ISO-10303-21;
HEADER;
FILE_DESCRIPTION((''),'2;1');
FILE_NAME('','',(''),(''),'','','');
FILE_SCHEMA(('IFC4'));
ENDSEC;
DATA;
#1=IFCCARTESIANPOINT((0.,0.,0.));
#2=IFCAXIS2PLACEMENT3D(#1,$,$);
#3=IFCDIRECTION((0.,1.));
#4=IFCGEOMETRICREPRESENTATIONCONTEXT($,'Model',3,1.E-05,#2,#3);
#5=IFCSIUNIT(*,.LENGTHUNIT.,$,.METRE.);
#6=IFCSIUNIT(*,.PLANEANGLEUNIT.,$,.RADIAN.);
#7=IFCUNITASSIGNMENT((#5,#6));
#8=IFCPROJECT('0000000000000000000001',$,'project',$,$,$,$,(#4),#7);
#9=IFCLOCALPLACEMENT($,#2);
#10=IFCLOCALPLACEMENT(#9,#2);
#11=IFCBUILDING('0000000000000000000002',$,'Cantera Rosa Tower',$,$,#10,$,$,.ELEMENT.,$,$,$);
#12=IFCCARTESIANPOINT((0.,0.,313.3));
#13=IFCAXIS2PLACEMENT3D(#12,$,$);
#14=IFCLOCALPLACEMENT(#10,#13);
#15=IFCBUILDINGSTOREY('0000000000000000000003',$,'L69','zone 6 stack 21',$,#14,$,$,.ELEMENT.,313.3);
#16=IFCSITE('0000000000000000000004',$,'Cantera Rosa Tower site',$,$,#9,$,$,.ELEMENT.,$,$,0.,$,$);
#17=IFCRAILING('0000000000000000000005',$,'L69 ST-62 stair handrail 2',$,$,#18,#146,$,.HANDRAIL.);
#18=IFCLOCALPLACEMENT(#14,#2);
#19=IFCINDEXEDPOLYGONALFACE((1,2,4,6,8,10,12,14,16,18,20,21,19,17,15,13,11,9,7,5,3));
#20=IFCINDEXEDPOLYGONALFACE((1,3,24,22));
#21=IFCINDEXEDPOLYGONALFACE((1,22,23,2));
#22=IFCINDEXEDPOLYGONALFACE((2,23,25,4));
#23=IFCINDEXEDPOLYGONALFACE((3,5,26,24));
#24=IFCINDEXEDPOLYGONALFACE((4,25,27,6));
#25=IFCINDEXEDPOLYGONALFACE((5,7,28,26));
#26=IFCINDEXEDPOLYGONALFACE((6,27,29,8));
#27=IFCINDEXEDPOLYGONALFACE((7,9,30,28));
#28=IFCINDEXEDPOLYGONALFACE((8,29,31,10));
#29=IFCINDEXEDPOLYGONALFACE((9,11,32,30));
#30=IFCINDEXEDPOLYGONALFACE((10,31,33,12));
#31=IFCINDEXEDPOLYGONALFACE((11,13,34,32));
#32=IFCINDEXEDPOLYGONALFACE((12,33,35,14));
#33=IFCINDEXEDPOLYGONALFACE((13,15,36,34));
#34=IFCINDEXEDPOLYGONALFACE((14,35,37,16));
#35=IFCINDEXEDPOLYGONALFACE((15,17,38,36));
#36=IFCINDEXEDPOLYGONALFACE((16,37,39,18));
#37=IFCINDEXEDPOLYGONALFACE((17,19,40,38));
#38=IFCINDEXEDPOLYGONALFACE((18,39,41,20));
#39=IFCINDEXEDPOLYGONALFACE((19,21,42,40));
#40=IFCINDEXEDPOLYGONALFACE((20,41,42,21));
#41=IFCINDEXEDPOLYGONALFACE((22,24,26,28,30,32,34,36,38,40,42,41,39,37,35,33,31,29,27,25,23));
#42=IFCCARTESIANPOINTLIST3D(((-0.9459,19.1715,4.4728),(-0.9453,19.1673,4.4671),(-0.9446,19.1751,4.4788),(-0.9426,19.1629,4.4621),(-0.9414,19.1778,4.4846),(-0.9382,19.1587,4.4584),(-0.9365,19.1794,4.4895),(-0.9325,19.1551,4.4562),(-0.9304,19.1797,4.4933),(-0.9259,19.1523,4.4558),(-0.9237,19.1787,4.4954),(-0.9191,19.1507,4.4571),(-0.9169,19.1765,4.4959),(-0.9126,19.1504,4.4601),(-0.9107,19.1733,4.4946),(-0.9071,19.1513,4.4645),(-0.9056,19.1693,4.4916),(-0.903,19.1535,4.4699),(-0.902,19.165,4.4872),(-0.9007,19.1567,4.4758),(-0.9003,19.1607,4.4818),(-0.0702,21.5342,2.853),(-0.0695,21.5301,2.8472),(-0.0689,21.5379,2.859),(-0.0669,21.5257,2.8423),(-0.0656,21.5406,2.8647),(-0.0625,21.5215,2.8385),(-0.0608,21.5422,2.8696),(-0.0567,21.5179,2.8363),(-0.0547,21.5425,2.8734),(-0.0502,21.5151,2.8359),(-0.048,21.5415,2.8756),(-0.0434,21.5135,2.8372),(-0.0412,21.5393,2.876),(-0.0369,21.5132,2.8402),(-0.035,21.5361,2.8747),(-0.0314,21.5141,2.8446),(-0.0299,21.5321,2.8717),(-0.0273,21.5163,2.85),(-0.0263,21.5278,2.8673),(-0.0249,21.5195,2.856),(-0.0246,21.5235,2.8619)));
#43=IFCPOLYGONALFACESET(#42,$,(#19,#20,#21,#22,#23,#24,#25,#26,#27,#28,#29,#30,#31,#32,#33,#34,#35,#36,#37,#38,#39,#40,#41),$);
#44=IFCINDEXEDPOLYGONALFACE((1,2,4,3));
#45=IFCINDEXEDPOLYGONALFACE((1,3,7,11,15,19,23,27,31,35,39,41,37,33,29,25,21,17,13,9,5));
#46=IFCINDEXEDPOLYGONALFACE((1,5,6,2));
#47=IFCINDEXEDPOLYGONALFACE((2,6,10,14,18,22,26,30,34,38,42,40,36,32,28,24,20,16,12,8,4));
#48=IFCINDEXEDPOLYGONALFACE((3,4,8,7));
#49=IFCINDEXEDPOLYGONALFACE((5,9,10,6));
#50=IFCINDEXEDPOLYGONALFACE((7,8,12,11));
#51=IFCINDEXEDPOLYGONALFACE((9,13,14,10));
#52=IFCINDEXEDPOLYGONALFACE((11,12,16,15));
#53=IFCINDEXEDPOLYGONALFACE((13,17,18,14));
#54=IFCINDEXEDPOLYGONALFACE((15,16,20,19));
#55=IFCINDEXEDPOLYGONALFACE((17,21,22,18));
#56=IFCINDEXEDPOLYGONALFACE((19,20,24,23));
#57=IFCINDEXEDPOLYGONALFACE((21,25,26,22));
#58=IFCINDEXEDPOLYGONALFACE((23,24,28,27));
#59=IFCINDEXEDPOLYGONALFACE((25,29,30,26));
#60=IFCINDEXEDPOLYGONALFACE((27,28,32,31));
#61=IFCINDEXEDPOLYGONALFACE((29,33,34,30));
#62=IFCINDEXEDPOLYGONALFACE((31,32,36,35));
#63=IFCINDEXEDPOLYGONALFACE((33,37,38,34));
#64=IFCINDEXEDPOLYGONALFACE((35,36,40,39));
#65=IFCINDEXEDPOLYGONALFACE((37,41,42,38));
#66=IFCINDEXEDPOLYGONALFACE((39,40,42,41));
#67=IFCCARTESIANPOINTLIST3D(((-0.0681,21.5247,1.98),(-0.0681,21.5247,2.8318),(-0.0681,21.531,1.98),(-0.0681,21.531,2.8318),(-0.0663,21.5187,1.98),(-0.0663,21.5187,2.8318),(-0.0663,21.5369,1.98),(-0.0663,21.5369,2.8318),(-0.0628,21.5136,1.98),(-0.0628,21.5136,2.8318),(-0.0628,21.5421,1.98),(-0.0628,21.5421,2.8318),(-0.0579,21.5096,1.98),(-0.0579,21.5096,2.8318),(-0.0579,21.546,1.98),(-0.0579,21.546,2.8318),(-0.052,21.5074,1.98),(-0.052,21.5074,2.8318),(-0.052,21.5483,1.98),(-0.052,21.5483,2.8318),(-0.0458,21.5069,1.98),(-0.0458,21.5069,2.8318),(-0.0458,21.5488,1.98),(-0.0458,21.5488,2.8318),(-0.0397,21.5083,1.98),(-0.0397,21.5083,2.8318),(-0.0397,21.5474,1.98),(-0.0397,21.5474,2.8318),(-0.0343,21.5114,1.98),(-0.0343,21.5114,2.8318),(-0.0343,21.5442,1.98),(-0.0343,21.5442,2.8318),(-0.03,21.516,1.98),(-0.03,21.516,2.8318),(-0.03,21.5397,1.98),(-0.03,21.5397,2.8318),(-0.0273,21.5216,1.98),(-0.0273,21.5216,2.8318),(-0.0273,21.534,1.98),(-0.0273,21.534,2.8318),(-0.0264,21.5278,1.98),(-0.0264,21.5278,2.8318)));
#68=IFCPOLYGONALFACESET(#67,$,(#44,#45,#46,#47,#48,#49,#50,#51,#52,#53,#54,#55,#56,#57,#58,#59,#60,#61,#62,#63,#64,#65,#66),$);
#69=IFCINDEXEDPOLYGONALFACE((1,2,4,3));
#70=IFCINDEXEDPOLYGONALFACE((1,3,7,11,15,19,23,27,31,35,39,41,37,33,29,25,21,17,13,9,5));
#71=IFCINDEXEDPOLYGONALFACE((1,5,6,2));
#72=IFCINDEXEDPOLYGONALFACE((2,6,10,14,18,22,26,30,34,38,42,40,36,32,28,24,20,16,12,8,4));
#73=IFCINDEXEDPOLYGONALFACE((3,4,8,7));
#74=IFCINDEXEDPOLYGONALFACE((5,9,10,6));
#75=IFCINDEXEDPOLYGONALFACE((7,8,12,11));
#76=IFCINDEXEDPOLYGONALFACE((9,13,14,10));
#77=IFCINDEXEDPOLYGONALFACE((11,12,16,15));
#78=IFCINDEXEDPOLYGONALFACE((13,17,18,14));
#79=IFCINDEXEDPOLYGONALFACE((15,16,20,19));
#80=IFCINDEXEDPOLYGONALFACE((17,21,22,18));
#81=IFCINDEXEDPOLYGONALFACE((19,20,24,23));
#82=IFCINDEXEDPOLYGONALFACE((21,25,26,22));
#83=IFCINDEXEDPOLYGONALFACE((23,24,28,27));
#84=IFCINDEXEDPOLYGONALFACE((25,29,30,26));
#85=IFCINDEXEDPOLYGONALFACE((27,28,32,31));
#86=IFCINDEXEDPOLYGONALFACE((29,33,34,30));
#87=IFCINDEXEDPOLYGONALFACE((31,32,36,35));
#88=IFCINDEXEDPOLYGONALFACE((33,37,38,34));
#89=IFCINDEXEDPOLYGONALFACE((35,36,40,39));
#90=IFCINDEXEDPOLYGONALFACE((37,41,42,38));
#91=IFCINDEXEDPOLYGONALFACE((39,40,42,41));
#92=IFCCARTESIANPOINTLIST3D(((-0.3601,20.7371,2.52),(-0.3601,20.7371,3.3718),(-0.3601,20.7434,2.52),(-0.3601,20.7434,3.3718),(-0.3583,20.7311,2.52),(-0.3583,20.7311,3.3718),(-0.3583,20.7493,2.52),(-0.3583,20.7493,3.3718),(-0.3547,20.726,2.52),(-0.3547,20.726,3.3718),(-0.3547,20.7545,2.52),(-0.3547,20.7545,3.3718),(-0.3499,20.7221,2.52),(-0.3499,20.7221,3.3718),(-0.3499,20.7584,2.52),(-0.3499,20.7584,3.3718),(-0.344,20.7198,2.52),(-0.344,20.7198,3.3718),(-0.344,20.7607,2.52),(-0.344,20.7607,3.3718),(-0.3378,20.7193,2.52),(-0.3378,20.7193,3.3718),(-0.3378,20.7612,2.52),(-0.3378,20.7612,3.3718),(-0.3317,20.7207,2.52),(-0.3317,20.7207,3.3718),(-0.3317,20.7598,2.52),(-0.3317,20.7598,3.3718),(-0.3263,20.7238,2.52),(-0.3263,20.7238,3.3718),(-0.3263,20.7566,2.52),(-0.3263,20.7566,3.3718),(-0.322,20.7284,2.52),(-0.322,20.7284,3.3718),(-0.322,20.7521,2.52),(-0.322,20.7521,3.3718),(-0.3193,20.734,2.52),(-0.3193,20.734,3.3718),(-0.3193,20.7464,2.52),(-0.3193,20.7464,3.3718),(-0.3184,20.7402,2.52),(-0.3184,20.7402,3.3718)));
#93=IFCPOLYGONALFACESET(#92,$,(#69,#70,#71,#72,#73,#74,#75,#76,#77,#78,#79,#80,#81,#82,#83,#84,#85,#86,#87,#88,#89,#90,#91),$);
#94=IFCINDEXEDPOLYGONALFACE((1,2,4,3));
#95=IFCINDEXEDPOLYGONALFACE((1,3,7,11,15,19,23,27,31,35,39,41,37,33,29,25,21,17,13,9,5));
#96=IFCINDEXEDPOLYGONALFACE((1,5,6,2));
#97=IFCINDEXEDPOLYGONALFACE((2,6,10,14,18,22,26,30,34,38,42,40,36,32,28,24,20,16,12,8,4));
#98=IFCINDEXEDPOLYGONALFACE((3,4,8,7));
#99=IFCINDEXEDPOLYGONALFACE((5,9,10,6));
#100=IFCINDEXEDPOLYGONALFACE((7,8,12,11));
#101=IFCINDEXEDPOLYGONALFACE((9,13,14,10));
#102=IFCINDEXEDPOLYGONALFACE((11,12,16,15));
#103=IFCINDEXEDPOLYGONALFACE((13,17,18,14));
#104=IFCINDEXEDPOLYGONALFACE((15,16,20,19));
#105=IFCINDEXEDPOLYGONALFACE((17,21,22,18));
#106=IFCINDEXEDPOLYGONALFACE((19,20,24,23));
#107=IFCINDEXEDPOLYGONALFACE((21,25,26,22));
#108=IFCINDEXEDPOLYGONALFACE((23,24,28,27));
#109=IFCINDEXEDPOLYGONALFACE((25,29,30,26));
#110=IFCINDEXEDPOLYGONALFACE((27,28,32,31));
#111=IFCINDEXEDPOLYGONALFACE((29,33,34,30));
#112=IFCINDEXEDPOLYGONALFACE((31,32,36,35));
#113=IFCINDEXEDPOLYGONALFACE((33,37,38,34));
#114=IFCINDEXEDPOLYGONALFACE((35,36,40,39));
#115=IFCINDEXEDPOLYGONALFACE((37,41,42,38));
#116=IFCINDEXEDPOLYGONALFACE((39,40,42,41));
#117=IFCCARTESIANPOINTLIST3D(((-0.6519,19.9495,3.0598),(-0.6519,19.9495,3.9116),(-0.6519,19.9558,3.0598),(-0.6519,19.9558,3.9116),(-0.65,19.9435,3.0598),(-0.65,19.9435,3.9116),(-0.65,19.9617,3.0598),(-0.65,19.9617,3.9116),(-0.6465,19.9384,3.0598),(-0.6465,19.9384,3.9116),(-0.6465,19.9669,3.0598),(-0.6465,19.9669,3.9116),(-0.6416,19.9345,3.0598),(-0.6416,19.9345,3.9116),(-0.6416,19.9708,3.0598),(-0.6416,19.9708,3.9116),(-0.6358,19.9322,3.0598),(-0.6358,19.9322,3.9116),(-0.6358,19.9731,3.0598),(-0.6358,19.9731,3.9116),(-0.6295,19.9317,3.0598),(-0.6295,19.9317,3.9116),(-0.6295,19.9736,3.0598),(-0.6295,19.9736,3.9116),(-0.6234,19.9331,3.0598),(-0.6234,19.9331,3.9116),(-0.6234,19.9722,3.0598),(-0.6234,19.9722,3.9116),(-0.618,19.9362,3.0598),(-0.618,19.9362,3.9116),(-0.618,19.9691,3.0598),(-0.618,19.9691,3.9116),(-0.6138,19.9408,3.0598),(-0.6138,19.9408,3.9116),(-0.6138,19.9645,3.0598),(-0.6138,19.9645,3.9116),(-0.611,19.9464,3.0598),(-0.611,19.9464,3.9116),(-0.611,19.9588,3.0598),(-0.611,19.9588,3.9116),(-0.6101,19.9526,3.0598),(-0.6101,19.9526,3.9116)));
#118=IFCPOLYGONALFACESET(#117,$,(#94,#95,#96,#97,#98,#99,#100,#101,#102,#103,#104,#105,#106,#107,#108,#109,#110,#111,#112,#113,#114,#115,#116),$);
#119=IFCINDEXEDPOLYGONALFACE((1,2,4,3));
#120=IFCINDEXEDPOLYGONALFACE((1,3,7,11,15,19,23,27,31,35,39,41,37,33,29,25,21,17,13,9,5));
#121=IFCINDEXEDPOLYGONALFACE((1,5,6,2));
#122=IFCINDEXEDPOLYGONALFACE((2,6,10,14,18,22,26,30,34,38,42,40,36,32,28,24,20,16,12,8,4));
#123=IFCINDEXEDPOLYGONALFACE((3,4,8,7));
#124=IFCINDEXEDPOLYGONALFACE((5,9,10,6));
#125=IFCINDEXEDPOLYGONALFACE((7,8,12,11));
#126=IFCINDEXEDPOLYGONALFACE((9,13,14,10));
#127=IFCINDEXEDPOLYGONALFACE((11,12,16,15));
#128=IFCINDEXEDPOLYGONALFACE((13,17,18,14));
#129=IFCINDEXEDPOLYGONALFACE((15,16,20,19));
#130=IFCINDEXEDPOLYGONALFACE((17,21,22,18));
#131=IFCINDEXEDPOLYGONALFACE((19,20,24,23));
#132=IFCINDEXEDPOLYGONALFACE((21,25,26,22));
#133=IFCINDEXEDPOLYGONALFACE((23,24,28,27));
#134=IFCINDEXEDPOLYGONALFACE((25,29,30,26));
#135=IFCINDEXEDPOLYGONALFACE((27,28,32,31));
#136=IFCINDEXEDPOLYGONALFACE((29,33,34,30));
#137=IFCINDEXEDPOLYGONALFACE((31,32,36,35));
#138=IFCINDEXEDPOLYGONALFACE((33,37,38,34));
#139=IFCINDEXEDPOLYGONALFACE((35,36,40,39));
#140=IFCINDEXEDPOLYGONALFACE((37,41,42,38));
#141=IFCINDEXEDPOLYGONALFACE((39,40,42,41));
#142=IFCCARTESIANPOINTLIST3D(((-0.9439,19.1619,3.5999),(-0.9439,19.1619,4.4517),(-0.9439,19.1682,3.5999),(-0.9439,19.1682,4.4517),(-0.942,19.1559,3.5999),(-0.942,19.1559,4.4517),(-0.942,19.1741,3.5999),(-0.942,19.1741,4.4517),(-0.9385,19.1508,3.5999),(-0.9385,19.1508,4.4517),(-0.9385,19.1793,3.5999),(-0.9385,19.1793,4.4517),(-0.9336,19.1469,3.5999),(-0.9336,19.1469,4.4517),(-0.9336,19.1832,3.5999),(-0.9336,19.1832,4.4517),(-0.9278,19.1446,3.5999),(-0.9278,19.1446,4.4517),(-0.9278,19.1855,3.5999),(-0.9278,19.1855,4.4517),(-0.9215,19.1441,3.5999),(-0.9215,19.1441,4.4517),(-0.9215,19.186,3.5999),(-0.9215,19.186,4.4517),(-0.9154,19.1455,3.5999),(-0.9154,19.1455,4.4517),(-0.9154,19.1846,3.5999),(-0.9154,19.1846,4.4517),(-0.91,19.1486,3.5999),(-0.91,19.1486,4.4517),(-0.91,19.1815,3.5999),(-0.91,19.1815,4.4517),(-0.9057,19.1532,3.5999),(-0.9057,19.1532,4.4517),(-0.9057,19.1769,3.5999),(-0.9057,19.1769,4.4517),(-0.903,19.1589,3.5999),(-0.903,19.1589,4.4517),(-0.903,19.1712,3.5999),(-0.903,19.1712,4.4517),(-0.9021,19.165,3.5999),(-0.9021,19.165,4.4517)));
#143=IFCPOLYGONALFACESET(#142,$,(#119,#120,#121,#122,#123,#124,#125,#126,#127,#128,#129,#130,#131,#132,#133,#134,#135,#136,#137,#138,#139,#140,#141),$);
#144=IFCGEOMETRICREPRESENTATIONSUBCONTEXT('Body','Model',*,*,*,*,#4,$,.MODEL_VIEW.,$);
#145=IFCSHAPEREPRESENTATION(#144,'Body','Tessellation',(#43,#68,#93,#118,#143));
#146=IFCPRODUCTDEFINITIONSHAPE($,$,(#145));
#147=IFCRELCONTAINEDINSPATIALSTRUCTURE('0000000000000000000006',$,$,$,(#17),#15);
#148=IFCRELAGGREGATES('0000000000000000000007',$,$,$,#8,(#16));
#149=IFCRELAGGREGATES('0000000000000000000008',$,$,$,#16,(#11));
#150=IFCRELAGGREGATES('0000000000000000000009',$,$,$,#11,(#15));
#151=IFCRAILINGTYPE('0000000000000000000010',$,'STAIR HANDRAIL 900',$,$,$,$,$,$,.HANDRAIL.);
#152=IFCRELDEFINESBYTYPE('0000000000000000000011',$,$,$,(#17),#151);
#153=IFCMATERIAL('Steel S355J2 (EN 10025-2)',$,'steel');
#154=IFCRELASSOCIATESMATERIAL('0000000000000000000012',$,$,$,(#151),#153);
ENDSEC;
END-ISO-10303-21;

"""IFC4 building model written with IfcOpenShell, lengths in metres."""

from ifc_helpers import new_model, si_unit, direction, frame, origin, origin_2d, place, context, subcontext, project, spatial, circle, extrude, material, type_object, element, save


model = new_model("IFC4")

# Units and contexts
model_context = context("Model", 3, precision=1e-05, world=origin(), true_north=direction((0.0, 1.0)))
body_context = subcontext(model_context, "Body", "Model", "MODEL_VIEW")
ifc_project = project(units=[si_unit("LENGTHUNIT", "METRE"), si_unit("PLANEANGLEUNIT", "RADIAN")], contexts=[model_context])

# Site, building, storey
site_placement = place(None, origin())
site = spatial("IfcSite", under=ifc_project, at=site_placement, Name="Cantera Rosa Tower site", CompositionType="ELEMENT", RefElevation=0.0)
building_placement = place(site_placement, origin())
building = spatial("IfcBuilding", under=site, at=building_placement, Name="Cantera Rosa Tower", CompositionType="ELEMENT")
storey_placement = place(building_placement, frame((0.0, 0.0, 313.3)))
storey = spatial("IfcBuildingStorey", under=building, at=storey_placement, Name="L69", Description="zone 6 stack 21", CompositionType="ELEMENT", Elevation=313.3)

# Railing
ifc_material_1 = material(Name="Steel S355J2 (EN 10025-2)", Category="steel")
railing_type_1 = type_object("IfcRailingType", Name="STAIR HANDRAIL 900", PredefinedType="HANDRAIL", material=ifc_material_1)
railing_1_placement = place(storey_placement, frame((-0.0474, 21.5278, 1.98)))
element("IfcRailing", 1, at=railing_1_placement, inside=storey, type_object=railing_type_1, Name="L69 ST-62 stair handrail 2", PredefinedType="HANDRAIL", context=body_context, shape_type="SweptSolid", body=[
    extrude(circle(Radius=0.0239, at=origin_2d()), frame((0.0, 0.0, 0.876), z_axis=(-0.292338, -0.788752, 0.540749), x_axis=(0.937668, -0.347532, 0.0)), (0.0, 0.0, 1.0), 2.9956),
    extrude(circle(Radius=0.021, at=origin_2d()), origin(), (0.0, 0.0, 1.0), 0.8518),
    extrude(circle(Radius=0.021, at=origin_2d()), frame((-0.292, -0.7876, 0.54)), (0.0, 0.0, 1.0), 0.8518),
    extrude(circle(Radius=0.021, at=origin_2d()), frame((-0.5837, -1.5752, 1.0798)), (0.0, 0.0, 1.0), 0.8518),
    extrude(circle(Radius=0.021, at=origin_2d()), frame((-0.8757, -2.3628, 1.6199)), (0.0, 0.0, 1.0), 0.8518),
])

save(model, "model.ifc")
